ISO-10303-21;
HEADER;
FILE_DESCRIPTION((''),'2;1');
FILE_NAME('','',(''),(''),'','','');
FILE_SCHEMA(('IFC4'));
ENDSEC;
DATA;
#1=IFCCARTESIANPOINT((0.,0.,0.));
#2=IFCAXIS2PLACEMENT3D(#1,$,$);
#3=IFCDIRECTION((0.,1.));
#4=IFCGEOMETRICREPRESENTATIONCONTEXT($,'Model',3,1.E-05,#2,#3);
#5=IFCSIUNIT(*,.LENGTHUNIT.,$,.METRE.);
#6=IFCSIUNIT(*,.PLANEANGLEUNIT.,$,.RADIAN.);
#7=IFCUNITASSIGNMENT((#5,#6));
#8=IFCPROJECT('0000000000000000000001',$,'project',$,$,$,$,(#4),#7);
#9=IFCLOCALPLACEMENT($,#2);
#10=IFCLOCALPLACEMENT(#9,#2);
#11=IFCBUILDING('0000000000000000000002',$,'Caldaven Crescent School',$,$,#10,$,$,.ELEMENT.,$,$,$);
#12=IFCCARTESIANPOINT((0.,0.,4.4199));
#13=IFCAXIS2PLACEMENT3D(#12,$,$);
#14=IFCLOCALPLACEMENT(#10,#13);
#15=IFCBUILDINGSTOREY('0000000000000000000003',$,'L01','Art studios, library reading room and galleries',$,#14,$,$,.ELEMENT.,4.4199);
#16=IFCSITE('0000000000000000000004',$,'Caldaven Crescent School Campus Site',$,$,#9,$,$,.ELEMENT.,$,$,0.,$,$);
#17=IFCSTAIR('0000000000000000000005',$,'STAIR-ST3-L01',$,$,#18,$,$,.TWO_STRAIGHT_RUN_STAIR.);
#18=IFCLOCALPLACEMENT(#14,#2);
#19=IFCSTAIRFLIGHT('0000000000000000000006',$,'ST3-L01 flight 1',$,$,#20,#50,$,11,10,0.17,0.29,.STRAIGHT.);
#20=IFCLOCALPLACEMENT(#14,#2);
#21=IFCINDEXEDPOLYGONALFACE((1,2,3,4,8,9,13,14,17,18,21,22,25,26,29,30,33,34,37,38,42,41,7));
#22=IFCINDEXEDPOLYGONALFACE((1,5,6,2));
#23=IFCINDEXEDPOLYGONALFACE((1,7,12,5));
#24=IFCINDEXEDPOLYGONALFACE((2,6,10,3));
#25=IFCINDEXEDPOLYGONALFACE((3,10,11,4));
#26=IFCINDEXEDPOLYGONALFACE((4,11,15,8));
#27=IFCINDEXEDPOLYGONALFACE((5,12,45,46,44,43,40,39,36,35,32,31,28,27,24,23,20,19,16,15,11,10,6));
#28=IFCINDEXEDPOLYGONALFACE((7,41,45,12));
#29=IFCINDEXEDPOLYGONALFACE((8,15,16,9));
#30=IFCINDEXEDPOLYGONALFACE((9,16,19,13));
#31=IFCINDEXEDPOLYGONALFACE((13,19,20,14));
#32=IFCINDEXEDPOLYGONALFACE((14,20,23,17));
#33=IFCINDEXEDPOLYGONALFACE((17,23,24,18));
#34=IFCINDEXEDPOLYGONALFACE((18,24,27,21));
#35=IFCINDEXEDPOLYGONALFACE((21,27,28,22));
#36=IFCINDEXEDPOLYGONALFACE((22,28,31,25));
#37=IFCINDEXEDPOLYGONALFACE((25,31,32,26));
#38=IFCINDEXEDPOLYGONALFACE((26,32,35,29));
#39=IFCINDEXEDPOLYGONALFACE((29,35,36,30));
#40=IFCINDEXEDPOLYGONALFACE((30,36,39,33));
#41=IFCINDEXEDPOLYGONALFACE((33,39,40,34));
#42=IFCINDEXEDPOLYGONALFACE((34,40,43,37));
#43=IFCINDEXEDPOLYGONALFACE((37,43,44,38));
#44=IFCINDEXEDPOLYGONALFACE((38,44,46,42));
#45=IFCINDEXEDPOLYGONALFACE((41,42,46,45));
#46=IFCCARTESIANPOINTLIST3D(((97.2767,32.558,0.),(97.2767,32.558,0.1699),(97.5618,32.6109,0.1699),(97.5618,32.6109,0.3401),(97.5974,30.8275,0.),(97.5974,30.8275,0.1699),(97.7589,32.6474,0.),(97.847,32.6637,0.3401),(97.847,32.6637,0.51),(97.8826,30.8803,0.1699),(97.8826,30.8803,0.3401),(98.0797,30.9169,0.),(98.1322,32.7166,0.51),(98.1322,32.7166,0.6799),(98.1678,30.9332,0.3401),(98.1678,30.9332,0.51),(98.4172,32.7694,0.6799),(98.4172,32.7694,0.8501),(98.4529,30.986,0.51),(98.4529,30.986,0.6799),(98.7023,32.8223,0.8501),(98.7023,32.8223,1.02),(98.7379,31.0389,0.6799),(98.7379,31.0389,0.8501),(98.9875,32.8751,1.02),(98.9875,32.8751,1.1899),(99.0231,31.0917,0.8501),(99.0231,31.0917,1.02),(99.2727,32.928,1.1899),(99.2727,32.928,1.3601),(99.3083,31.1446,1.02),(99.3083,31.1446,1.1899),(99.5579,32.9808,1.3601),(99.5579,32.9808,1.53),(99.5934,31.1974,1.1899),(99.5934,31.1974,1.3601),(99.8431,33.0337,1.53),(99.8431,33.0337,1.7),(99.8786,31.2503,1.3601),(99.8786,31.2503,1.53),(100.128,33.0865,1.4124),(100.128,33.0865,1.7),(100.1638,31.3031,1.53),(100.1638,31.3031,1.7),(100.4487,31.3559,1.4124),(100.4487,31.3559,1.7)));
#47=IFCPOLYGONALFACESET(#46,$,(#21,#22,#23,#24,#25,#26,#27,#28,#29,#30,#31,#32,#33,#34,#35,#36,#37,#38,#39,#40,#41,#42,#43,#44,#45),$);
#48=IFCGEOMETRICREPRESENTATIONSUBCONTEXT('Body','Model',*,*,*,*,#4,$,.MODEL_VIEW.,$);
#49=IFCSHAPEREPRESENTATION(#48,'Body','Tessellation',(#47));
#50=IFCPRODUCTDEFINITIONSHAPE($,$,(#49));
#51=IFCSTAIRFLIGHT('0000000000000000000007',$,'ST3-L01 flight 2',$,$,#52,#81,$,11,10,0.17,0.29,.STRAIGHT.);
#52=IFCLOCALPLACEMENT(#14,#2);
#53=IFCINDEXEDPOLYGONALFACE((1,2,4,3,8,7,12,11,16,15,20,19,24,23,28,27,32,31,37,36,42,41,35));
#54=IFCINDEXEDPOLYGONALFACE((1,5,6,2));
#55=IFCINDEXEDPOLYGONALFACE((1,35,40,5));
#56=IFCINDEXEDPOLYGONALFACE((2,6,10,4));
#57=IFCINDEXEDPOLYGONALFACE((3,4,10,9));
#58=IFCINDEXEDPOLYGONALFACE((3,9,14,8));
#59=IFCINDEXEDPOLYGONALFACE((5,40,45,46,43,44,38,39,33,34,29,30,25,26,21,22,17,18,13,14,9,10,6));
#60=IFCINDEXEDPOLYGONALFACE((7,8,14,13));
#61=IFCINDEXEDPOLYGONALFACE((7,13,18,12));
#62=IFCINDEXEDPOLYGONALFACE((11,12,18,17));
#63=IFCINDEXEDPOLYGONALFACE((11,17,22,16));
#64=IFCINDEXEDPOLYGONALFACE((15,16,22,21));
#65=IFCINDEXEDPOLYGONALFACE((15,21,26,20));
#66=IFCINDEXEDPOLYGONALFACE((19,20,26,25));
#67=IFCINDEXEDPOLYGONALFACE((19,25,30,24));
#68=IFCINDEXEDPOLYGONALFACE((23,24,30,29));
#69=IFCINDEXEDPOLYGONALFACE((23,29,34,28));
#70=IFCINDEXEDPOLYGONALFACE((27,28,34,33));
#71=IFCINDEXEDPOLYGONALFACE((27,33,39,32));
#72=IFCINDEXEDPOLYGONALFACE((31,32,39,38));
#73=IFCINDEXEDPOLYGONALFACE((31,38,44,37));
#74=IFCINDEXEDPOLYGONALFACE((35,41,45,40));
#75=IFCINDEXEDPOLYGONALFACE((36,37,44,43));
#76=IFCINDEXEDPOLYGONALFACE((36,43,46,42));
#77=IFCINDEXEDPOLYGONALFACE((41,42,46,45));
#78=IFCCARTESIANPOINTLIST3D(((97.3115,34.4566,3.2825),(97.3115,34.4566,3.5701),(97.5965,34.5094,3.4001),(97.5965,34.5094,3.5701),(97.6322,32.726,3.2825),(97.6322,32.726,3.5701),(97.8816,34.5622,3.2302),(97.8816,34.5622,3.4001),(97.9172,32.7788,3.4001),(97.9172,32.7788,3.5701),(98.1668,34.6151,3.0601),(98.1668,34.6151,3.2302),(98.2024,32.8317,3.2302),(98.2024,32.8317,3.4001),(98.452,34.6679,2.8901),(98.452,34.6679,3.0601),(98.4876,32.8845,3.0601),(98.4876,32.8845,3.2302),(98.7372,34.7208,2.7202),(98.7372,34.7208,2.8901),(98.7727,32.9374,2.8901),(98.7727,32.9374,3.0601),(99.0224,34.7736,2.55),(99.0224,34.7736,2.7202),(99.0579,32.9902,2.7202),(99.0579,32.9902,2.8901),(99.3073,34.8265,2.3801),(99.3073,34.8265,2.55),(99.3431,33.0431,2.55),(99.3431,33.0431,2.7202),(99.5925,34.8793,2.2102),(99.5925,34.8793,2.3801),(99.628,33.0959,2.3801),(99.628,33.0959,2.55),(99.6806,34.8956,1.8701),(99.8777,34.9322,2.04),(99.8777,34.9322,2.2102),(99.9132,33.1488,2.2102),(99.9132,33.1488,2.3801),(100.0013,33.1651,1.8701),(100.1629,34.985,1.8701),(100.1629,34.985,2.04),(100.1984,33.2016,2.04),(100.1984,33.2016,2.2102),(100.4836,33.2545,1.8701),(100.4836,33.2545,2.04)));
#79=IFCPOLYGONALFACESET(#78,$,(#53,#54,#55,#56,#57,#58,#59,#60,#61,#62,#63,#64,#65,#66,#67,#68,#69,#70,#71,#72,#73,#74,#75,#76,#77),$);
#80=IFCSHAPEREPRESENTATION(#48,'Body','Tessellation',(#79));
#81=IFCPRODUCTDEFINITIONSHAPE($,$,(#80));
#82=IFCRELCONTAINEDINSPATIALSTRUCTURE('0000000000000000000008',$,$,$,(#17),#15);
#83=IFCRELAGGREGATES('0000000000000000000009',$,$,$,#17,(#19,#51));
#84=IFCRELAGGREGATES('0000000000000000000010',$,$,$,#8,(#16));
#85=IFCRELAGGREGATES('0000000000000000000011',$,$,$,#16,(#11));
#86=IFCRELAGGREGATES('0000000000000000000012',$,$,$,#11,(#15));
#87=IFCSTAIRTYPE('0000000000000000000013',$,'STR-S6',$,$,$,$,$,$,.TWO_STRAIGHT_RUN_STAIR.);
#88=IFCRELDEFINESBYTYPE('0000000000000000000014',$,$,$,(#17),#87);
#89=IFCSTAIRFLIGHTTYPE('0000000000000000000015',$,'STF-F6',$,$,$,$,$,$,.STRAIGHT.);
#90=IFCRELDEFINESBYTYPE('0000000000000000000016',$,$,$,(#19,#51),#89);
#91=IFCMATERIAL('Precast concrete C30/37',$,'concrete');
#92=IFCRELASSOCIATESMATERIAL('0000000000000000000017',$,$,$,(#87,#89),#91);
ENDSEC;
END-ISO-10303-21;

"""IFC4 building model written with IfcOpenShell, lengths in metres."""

from ifc_helpers import new_model, si_unit, direction, frame, origin, place, context, subcontext, project, spatial, polyline, outline, extrude, material, type_object, element, aggregate, save


model = new_model("IFC4")

# Units and contexts
model_context = context("Model", 3, precision=1e-05, world=origin(), true_north=direction((0.0, 1.0)))
body_context = subcontext(model_context, "Body", "Model", "MODEL_VIEW")
ifc_project = project(units=[si_unit("LENGTHUNIT", "METRE"), si_unit("PLANEANGLEUNIT", "RADIAN")], contexts=[model_context])

# Site, building, storey
site_placement = place(None, origin())
site = spatial("IfcSite", under=ifc_project, at=site_placement, Name="Caldaven Crescent School Campus Site", CompositionType="ELEMENT", RefElevation=0.0)
building_placement = place(site_placement, origin())
building = spatial("IfcBuilding", under=site, at=building_placement, Name="Caldaven Crescent School", CompositionType="ELEMENT")
storey_placement = place(building_placement, frame((0.0, 0.0, 4.4199)))
storey = spatial("IfcBuildingStorey", under=building, at=storey_placement, Name="L01", Description="Art studios, library reading room and galleries", CompositionType="ELEMENT", Elevation=4.4199)

# Stair, stair flights
ifc_material_1 = material(Name="Precast concrete C30/37", Category="concrete")
stair_type = type_object("IfcStairType", Name="STR-S6", PredefinedType="TWO_STRAIGHT_RUN_STAIR", material=ifc_material_1)
stair_placement = place(storey_placement, origin())
stair = element("IfcStair", 1, at=stair_placement, inside=storey, type_object=stair_type, Name="STAIR-ST3-L01", PredefinedType="TWO_STRAIGHT_RUN_STAIR")
stair_flight_type = type_object("IfcStairFlightType", Name="STF-F6", PredefinedType="STRAIGHT", material=ifc_material_1)
stair_flight_1_placement = place(storey_placement, frame((97.437, 31.6929, 0.0), z_axis=(0.0, 0.0, 1.0), x_axis=(0.983255, 0.182236, 0.0)))
stair_flight_1 = element("IfcStairFlight", 2, at=stair_flight_1_placement, type_object=stair_flight_type, Name="ST3-L01 flight 1", NumberOfRisers=11, NumberOfTreads=10, PredefinedType="STRAIGHT", RiserHeight=0.17, TreadLength=0.29, context=body_context, shape_type="SweptSolid", body=[
    extrude(outline(polyline([(0.0, 0.0), (0.0, 0.1699), (0.29, 0.1699), (0.29, 0.3401), (0.5801, 0.3401), (0.5801, 0.51), (0.8701, 0.51), (0.8701, 0.6799), (1.1599, 0.6799), (1.1599, 0.8501), (1.45, 0.8501), (1.45, 1.02), (1.74, 1.02), (1.74, 1.1899), (2.03, 1.1899), (2.03, 1.3601), (2.3201, 1.3601), (2.3201, 1.53), (2.6101, 1.53), (2.6101, 1.7), (2.8999, 1.7), (2.8999, 1.8701), (2.8999, 1.4124), (0.4905, 0.0), (0.0, 0.0)])), frame((0.0, 0.8799, 0.0), z_axis=(0.0, -1.0, 0.0), x_axis=(1.0, 0.0, 0.0)), (0.0, 0.0, 1.0), 1.76),
])
stair_flight_2_placement = place(storey_placement, frame((100.3232, 34.1196, 1.8701), z_axis=(0.0, 0.0, 1.0), x_axis=(-0.983255, -0.182236, 0.0)))
stair_flight_2 = element("IfcStairFlight", 3, at=stair_flight_2_placement, type_object=stair_flight_type, Name="ST3-L01 flight 2", NumberOfRisers=11, NumberOfTreads=10, PredefinedType="STRAIGHT", RiserHeight=0.17, TreadLength=0.29, context=body_context, shape_type="SweptSolid", body=[
    extrude(outline(polyline([(0.0, 0.0), (0.0, 0.1699), (0.29, 0.1699), (0.29, 0.3401), (0.5801, 0.3401), (0.5801, 0.51), (0.8701, 0.51), (0.8701, 0.6799), (1.1599, 0.6799), (1.1599, 0.8501), (1.45, 0.8501), (1.45, 1.02), (1.74, 1.02), (1.74, 1.1899), (2.03, 1.1899), (2.03, 1.3601), (2.3201, 1.3601), (2.3201, 1.53), (2.6101, 1.53), (2.6101, 1.7), (2.8999, 1.7), (2.8999, 1.8701), (2.8999, 1.4124), (0.4905, 0.0), (0.0, 0.0)])), frame((0.0, 0.8799, 0.0), z_axis=(0.0, -1.0, 0.0), x_axis=(1.0, 0.0, 0.0)), (0.0, 0.0, 1.0), 1.76),
])
aggregate(stair, [stair_flight_1, stair_flight_2])

save(model, "model.ifc")
